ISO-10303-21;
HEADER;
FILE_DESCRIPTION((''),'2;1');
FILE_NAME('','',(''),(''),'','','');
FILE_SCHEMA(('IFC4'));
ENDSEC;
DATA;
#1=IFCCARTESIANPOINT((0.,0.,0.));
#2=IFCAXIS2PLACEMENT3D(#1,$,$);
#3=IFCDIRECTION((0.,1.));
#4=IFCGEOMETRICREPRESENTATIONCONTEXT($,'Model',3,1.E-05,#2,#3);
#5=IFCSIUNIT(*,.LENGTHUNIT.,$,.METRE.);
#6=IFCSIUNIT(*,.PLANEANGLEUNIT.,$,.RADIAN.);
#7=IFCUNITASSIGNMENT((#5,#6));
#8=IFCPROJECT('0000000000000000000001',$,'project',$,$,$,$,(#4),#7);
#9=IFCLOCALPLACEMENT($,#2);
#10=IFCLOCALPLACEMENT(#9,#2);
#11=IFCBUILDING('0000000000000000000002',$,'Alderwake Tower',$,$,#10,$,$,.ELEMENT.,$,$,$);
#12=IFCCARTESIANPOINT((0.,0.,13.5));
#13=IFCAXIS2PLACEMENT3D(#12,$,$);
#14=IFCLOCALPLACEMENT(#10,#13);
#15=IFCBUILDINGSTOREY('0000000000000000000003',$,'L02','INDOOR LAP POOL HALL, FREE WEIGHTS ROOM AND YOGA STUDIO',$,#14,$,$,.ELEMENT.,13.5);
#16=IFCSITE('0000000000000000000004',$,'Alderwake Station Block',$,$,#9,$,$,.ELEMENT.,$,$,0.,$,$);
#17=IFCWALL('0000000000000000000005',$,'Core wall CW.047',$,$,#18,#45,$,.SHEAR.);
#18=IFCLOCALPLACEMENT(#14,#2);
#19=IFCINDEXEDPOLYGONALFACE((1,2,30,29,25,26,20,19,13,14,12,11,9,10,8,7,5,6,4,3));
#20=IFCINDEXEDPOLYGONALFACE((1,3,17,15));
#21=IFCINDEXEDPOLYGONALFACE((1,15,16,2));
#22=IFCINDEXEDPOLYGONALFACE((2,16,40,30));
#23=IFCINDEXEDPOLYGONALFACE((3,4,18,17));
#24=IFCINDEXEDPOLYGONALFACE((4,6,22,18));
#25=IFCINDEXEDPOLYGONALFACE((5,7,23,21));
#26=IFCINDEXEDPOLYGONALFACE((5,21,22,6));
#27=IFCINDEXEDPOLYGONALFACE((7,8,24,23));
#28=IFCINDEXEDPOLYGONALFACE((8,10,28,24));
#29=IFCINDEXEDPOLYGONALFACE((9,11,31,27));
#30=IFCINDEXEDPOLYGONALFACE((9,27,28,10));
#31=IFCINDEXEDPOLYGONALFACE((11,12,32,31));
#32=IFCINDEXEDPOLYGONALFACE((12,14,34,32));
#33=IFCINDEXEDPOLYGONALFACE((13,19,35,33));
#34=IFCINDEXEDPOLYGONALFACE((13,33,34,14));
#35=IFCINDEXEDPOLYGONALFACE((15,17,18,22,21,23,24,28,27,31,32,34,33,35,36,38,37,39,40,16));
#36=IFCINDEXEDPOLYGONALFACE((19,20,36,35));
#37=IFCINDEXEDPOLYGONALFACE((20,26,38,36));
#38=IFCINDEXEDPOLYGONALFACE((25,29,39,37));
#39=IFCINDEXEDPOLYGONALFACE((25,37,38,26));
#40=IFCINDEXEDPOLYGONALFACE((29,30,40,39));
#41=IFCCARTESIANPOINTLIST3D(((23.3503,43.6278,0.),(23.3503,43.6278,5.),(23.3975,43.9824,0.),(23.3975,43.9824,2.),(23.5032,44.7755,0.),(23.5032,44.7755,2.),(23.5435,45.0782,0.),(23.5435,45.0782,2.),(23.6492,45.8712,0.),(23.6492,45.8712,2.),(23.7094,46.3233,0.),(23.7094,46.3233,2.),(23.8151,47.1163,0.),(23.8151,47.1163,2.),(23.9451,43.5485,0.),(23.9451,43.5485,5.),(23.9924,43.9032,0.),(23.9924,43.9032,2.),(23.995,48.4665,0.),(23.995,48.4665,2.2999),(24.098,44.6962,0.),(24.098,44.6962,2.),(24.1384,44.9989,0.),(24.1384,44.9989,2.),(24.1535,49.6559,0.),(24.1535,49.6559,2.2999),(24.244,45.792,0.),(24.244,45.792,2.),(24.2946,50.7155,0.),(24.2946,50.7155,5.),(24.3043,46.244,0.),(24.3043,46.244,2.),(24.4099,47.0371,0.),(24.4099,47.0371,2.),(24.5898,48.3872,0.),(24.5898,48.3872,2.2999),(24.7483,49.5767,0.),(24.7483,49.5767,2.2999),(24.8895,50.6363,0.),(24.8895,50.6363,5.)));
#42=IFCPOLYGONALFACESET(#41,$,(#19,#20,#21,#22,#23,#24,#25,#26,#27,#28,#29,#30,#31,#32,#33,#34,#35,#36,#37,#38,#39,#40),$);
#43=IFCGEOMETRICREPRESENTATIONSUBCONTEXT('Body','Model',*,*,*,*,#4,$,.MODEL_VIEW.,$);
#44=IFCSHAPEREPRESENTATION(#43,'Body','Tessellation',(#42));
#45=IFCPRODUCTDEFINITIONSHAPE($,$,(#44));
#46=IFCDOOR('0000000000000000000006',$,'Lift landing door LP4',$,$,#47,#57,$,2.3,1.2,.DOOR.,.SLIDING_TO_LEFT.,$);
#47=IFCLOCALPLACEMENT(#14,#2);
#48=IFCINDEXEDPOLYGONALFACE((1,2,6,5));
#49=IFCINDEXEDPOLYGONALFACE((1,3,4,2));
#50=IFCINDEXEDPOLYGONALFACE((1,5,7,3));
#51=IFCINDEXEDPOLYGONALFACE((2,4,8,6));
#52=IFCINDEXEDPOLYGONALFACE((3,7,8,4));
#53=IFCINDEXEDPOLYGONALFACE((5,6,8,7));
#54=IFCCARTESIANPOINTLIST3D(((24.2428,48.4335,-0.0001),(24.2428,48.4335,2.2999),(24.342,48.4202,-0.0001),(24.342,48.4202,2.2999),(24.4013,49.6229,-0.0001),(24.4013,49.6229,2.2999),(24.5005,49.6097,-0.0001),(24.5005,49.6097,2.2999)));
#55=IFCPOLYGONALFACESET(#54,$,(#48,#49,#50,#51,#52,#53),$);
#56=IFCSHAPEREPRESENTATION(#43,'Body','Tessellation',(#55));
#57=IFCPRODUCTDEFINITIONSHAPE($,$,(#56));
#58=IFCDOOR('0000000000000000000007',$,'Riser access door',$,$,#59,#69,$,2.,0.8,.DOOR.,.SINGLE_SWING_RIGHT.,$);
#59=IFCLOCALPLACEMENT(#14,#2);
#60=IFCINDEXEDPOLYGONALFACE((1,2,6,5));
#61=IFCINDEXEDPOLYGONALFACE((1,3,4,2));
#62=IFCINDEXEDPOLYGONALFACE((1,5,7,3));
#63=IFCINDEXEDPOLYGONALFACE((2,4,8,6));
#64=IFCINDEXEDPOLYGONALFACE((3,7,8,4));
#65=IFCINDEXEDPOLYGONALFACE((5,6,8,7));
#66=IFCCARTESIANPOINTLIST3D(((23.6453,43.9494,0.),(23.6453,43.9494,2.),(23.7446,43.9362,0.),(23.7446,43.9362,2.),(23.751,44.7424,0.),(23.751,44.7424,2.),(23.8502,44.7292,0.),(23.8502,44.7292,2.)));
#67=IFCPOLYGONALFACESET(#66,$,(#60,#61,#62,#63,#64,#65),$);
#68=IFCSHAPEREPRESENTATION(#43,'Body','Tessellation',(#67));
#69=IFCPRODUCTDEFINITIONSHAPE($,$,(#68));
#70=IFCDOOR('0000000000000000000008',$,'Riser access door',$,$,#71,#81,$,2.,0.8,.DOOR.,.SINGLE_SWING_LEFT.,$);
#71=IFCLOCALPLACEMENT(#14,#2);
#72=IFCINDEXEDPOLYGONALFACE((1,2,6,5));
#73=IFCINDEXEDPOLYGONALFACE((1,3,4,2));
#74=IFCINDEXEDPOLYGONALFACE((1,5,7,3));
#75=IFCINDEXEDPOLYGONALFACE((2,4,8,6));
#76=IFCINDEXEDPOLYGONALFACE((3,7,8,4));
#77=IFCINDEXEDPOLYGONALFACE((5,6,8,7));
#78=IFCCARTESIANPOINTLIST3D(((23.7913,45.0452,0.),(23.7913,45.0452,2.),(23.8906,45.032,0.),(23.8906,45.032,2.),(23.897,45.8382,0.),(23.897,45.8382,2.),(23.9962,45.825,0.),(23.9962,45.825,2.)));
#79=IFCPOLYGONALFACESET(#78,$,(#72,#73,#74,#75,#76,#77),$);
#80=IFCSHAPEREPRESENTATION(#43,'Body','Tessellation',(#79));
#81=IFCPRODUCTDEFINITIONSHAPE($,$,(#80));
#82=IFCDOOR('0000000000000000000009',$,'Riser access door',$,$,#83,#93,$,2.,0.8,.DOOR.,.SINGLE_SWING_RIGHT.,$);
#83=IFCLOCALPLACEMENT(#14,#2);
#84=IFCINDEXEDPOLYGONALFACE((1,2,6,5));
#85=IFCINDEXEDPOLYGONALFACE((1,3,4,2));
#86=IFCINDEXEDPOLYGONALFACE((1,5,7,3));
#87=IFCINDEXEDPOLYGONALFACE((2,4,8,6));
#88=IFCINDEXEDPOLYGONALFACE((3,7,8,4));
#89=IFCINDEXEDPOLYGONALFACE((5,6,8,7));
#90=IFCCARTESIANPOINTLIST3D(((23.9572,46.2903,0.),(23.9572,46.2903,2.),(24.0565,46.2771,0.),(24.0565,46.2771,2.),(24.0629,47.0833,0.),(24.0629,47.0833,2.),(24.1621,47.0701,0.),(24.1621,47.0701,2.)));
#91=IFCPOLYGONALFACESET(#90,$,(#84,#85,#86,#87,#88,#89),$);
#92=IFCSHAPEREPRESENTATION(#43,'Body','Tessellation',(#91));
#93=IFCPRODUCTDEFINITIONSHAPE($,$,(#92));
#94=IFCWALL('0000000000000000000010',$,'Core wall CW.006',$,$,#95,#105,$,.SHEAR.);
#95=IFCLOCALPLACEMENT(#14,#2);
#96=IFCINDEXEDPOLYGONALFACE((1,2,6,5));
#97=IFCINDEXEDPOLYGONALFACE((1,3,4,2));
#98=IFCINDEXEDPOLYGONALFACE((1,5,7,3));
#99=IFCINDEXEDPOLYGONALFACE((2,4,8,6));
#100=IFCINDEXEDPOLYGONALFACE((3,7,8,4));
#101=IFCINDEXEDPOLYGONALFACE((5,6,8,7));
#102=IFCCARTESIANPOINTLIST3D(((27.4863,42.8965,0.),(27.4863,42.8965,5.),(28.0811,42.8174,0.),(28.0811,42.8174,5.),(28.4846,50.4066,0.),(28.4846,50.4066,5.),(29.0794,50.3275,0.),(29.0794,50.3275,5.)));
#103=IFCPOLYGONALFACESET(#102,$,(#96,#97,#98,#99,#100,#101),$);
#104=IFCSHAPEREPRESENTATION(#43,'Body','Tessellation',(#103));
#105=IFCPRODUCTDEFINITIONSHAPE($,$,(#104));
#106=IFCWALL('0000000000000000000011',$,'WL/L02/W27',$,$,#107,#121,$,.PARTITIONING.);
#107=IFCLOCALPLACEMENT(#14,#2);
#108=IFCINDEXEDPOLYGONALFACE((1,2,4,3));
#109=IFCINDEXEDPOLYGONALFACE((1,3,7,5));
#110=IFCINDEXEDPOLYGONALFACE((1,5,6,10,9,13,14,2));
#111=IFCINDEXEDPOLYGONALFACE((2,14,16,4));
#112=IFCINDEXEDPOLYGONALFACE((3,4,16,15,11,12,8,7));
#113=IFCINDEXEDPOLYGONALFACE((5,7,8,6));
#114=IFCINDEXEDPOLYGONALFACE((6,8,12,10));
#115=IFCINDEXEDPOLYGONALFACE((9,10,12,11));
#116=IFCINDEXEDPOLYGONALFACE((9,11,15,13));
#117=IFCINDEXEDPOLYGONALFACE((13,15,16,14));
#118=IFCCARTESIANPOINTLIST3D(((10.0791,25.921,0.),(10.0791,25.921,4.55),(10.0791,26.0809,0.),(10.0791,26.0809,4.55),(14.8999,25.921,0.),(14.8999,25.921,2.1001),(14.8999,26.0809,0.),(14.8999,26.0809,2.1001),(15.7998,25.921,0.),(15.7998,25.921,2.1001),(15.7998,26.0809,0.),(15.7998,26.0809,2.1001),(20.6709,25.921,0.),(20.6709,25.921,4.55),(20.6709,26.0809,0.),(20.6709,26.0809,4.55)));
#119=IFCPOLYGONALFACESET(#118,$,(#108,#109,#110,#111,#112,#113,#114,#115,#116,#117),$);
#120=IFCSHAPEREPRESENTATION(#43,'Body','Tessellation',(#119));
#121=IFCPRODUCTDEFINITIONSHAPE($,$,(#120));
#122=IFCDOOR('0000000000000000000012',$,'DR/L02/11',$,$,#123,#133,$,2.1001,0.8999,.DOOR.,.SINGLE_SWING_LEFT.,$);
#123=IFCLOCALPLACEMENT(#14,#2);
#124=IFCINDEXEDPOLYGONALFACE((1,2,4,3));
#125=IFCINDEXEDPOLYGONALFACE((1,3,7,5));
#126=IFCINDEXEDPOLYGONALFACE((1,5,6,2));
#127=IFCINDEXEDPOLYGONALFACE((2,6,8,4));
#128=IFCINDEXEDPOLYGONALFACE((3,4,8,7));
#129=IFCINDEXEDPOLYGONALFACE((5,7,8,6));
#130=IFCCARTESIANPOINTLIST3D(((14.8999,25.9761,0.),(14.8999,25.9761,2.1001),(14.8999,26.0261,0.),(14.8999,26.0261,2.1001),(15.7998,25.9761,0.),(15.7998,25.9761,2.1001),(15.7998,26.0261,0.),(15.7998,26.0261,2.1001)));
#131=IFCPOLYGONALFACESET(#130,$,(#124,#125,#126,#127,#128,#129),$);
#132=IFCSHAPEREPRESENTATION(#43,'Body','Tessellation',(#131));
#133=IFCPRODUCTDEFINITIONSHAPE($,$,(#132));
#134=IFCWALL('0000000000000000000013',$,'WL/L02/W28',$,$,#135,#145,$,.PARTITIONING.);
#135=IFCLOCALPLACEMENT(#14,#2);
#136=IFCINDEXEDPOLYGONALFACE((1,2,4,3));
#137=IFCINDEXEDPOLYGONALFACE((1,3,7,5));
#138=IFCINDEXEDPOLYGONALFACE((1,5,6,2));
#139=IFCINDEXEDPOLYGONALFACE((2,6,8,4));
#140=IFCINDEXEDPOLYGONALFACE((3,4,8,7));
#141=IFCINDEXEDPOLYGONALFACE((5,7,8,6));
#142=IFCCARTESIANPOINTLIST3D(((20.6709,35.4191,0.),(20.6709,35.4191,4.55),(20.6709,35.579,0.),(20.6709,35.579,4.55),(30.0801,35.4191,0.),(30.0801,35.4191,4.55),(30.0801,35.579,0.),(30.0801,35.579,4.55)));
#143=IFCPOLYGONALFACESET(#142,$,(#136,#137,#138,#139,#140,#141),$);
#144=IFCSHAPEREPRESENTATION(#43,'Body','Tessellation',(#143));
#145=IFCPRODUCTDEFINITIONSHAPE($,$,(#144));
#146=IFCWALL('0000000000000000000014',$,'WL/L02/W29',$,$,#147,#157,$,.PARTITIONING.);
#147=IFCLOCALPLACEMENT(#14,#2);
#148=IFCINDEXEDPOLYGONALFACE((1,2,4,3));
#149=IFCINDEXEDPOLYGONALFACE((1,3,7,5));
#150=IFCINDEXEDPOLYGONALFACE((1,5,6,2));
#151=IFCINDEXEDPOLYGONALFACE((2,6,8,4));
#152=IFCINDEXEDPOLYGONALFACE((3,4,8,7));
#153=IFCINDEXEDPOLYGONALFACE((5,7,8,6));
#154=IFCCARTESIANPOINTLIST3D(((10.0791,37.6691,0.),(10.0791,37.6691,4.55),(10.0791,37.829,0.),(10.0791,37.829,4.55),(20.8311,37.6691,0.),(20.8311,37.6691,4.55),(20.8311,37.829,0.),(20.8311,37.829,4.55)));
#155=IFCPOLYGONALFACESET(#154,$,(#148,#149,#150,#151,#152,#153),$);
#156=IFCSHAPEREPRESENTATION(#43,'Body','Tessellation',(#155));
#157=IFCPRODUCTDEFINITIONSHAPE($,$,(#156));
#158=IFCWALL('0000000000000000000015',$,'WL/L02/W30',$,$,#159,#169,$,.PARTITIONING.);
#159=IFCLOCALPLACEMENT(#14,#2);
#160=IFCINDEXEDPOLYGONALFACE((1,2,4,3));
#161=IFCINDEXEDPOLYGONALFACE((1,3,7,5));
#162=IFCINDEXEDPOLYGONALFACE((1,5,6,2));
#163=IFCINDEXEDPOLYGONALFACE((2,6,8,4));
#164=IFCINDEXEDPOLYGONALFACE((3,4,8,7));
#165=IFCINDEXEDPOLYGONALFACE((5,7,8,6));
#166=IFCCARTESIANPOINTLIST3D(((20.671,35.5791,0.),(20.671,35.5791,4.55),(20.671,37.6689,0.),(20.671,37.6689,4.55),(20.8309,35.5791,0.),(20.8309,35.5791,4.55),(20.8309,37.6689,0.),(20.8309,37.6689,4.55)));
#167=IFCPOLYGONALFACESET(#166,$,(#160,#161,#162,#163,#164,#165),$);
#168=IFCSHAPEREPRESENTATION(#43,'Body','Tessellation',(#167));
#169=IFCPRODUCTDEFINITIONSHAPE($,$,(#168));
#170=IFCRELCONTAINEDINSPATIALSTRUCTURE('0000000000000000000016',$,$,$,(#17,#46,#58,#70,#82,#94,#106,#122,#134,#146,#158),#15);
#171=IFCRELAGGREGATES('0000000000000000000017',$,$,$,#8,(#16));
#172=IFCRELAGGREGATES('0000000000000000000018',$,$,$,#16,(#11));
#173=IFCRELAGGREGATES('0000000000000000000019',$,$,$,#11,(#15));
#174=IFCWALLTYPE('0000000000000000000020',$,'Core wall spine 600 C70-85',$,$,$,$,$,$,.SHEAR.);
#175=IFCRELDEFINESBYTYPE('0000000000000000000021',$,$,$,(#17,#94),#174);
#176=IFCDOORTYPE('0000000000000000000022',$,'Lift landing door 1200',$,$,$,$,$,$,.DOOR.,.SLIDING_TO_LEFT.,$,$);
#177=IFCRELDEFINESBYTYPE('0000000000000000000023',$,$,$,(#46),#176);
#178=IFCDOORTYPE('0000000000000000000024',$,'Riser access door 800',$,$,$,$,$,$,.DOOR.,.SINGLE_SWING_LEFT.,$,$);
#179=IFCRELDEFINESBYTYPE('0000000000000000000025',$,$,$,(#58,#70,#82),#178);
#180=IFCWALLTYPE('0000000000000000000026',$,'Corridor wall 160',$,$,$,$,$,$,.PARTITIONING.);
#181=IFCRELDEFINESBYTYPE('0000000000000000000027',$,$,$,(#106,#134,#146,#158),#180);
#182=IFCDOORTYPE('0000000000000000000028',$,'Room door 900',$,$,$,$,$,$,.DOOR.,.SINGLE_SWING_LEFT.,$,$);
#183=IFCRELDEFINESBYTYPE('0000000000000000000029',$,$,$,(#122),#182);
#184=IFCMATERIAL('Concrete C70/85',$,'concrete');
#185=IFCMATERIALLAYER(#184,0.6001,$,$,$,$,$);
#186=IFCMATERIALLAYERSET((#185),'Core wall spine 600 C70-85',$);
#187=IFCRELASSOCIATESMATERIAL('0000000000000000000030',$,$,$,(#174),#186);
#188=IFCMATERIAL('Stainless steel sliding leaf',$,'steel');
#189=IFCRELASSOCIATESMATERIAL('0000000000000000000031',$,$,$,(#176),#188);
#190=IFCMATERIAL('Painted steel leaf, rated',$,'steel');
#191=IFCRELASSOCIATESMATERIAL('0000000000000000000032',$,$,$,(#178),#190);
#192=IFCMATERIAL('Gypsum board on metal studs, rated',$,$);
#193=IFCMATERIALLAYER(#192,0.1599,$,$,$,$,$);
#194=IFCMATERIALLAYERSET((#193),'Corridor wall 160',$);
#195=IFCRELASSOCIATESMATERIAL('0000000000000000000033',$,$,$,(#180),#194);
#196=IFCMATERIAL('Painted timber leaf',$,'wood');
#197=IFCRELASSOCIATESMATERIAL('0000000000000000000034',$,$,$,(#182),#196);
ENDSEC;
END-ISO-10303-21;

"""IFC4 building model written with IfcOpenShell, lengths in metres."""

from ifc_helpers import new_model, si_unit, direction, frame, frame_2d, origin, place, context, subcontext, project, spatial, rectangle, extrude, material, layer, layer_set, type_object, element, fill, save


model = new_model("IFC4")

# Units and contexts
model_context = context("Model", 3, precision=1e-05, world=origin(), true_north=direction((0.0, 1.0)))
body_context = subcontext(model_context, "Body", "Model", "MODEL_VIEW")
ifc_project = project(units=[si_unit("LENGTHUNIT", "METRE"), si_unit("PLANEANGLEUNIT", "RADIAN")], contexts=[model_context])

# Site, building, storey
site_placement = place(None, origin())
site = spatial("IfcSite", under=ifc_project, at=site_placement, Name="Alderwake Station Block", CompositionType="ELEMENT", RefElevation=0.0)
building_placement = place(site_placement, origin())
building = spatial("IfcBuilding", under=site, at=building_placement, Name="Alderwake Tower", CompositionType="ELEMENT")
storey_placement = place(building_placement, frame((0.0, 0.0, 13.5)))
storey = spatial("IfcBuildingStorey", under=building, at=storey_placement, Name="L02", Description="INDOOR LAP POOL HALL, FREE WEIGHTS ROOM AND YOGA STUDIO", CompositionType="ELEMENT", Elevation=13.5)

# Wall, openings, doors
ifc_material_1 = material(Name="Concrete C70/85", Category="concrete")
ifc_layer_1 = layer(ifc_material_1, 0.6001)
ifc_layer_set_1 = layer_set([ifc_layer_1], Name="Core wall spine 600 C70-85")
wall_type_1 = type_object("IfcWallType", Name="Core wall spine 600 C70-85", PredefinedType="SHEAR", material=ifc_layer_set_1)
wall_1_placement = place(storey_placement, frame((23.6477, 43.5881, 0.0), z_axis=(0.0, 0.0, 1.0), x_axis=(0.13207, 0.99124, 0.0)))
wall_1 = element("IfcWall", 1, at=wall_1_placement, inside=storey, type_object=wall_type_1, Name="Core wall CW.047", PredefinedType="SHEAR", context=body_context, shape_type="SweptSolid", body=[
    extrude(rectangle(XDim=7.1504, YDim=0.6001, at=frame_2d((3.5752, 0.0))), origin(), (0.0, 0.0, 1.0), 5.0),
])
opening_1_placement = place(wall_1_placement, frame((4.8813, 0.0, 0.0)))
opening_1 = element("IfcOpeningElement", 2, at=opening_1_placement, cuts=wall_1, PredefinedType="OPENING", context=body_context, shape_type="SweptSolid", body=[
    extrude(rectangle(XDim=1.2, YDim=2.3, at=frame_2d((0.6001, 1.1499))), frame((0.0, 0.3101, 0.0), z_axis=(0.0, -1.0, 0.0), x_axis=(1.0, 0.0, 0.0)), (0.0, 0.0, 1.0), 0.6201),
])
opening_2_placement = place(wall_1_placement, frame((0.3579, 0.0, 0.0)))
opening_2 = element("IfcOpeningElement", 3, at=opening_2_placement, cuts=wall_1, PredefinedType="OPENING", context=body_context, shape_type="SweptSolid", body=[
    extrude(rectangle(XDim=0.8, YDim=2.0, at=frame_2d((0.3999, 1.0))), frame((0.0, 0.3101, 0.0), z_axis=(0.0, -1.0, 0.0), x_axis=(1.0, 0.0, 0.0)), (0.0, 0.0, 1.0), 0.6201),
])
opening_3_placement = place(wall_1_placement, frame((1.4634, 0.0, 0.0)))
opening_3 = element("IfcOpeningElement", 4, at=opening_3_placement, cuts=wall_1, PredefinedType="OPENING", context=body_context, shape_type="SweptSolid", body=[
    extrude(rectangle(XDim=0.8, YDim=2.0, at=frame_2d((0.3999, 1.0))), frame((0.0, 0.3101, 0.0), z_axis=(0.0, -1.0, 0.0), x_axis=(1.0, 0.0, 0.0)), (0.0, 0.0, 1.0), 0.6201),
])
opening_4_placement = place(wall_1_placement, frame((2.7195, 0.0, 0.0)))
opening_4 = element("IfcOpeningElement", 5, at=opening_4_placement, cuts=wall_1, PredefinedType="OPENING", context=body_context, shape_type="SweptSolid", body=[
    extrude(rectangle(XDim=0.8, YDim=2.0, at=frame_2d((0.3999, 1.0))), frame((0.0, 0.3101, 0.0), z_axis=(0.0, -1.0, 0.0), x_axis=(1.0, 0.0, 0.0)), (0.0, 0.0, 1.0), 0.6201),
])
ifc_material_2 = material(Name="Stainless steel sliding leaf", Category="steel")
door_type_1 = type_object("IfcDoorType", Name="Lift landing door 1200", OperationType="SLIDING_TO_LEFT", PredefinedType="DOOR", material=ifc_material_2)
door_1_placement = place(opening_1_placement, origin())
door_1 = element("IfcDoor", 6, at=door_1_placement, inside=storey, type_object=door_type_1, Name="Lift landing door LP4", OperationType="SLIDING_TO_LEFT", OverallHeight=2.3, OverallWidth=1.2, PredefinedType="DOOR", context=body_context, shape_type="SweptSolid", body=[
    extrude(rectangle(XDim=1.2, YDim=2.3, at=frame_2d((0.6001, 1.1499))), frame((0.0, 0.05, 0.0), z_axis=(0.0, -1.0, 0.0), x_axis=(1.0, 0.0, 0.0)), (0.0, 0.0, 1.0), 0.1001),
])
fill(opening_1, door_1)
ifc_material_3 = material(Name="Painted steel leaf, rated", Category="steel")
door_type_2 = type_object("IfcDoorType", Name="Riser access door 800", OperationType="SINGLE_SWING_LEFT", PredefinedType="DOOR", material=ifc_material_3)
door_2_placement = place(opening_2_placement, origin())
door_2 = element("IfcDoor", 7, at=door_2_placement, inside=storey, type_object=door_type_2, Name="Riser access door", OperationType="SINGLE_SWING_RIGHT", OverallHeight=2.0, OverallWidth=0.8, PredefinedType="DOOR", context=body_context, shape_type="SweptSolid", body=[
    extrude(rectangle(XDim=0.8, YDim=2.0, at=frame_2d((0.3999, 1.0))), frame((0.0, 0.05, 0.0), z_axis=(0.0, -1.0, 0.0), x_axis=(1.0, 0.0, 0.0)), (0.0, 0.0, 1.0), 0.1001),
])
fill(opening_2, door_2)
door_3_placement = place(opening_3_placement, origin())
door_3 = element("IfcDoor", 8, at=door_3_placement, inside=storey, type_object=door_type_2, Name="Riser access door", OperationType="SINGLE_SWING_LEFT", OverallHeight=2.0, OverallWidth=0.8, PredefinedType="DOOR", context=body_context, shape_type="SweptSolid", body=[
    extrude(rectangle(XDim=0.8, YDim=2.0, at=frame_2d((0.3999, 1.0))), frame((0.0, 0.05, 0.0), z_axis=(0.0, -1.0, 0.0), x_axis=(1.0, 0.0, 0.0)), (0.0, 0.0, 1.0), 0.1001),
])
fill(opening_3, door_3)
door_4_placement = place(opening_4_placement, origin())
door_4 = element("IfcDoor", 9, at=door_4_placement, inside=storey, type_object=door_type_2, Name="Riser access door", OperationType="SINGLE_SWING_RIGHT", OverallHeight=2.0, OverallWidth=0.8, PredefinedType="DOOR", context=body_context, shape_type="SweptSolid", body=[
    extrude(rectangle(XDim=0.8, YDim=2.0, at=frame_2d((0.3999, 1.0))), frame((0.0, 0.05, 0.0), z_axis=(0.0, -1.0, 0.0), x_axis=(1.0, 0.0, 0.0)), (0.0, 0.0, 1.0), 0.1001),
])
fill(opening_4, door_4)

# Wall
wall_2_placement = place(storey_placement, frame((27.7837, 42.8569, 0.0), z_axis=(0.0, 0.0, 1.0), x_axis=(0.131769, 0.99128, 0.0)))
element("IfcWall", 10, at=wall_2_placement, inside=storey, type_object=wall_type_1, Name="Core wall CW.006", PredefinedType="SHEAR", context=body_context, shape_type="SweptSolid", body=[
    extrude(rectangle(XDim=7.5762, YDim=0.6001, at=frame_2d((3.7881, 0.0))), origin(), (0.0, 0.0, 1.0), 5.0),
])

# Wall, opening, door
ifc_material_4 = material(Name="Gypsum board on metal studs, rated")
ifc_layer_2 = layer(ifc_material_4, 0.1599)
ifc_layer_set_2 = layer_set([ifc_layer_2], Name="Corridor wall 160")
wall_type_2 = type_object("IfcWallType", Name="Corridor wall 160", PredefinedType="PARTITIONING", material=ifc_layer_set_2)
wall_3_placement = place(storey_placement, frame((20.6709, 26.001, 0.0), z_axis=(0.0, 0.0, 1.0), x_axis=(-1.0, 0.0, 0.0)))
wall_3 = element("IfcWall", 11, at=wall_3_placement, inside=storey, type_object=wall_type_2, Name="WL/L02/W27", PredefinedType="PARTITIONING", context=body_context, shape_type="SweptSolid", body=[
    extrude(rectangle(XDim=10.5918, YDim=0.1599, at=frame_2d((5.2959, 0.0))), origin(), (0.0, 0.0, 1.0), 4.55),
])
opening_5_placement = place(wall_3_placement, frame((4.8711, 0.0, 0.0)))
opening_5 = element("IfcOpeningElement", 12, at=opening_5_placement, cuts=wall_3, PredefinedType="OPENING", context=body_context, shape_type="SweptSolid", body=[
    extrude(rectangle(XDim=0.8999, YDim=2.1001, at=frame_2d((0.45, 1.05))), frame((0.0, 0.0898, 0.0), z_axis=(0.0, -1.0, 0.0), x_axis=(1.0, 0.0, 0.0)), (0.0, 0.0, 1.0), 0.1799),
])
ifc_material_5 = material(Name="Painted timber leaf", Category="wood")
door_type_3 = type_object("IfcDoorType", Name="Room door 900", OperationType="SINGLE_SWING_LEFT", PredefinedType="DOOR", material=ifc_material_5)
door_5_placement = place(opening_5_placement, origin())
door_5 = element("IfcDoor", 13, at=door_5_placement, inside=storey, type_object=door_type_3, Name="DR/L02/11", OperationType="SINGLE_SWING_LEFT", OverallHeight=2.1001, OverallWidth=0.8999, PredefinedType="DOOR", context=body_context, shape_type="SweptSolid", body=[
    extrude(rectangle(XDim=0.8999, YDim=2.1001, at=frame_2d((0.45, 1.05))), frame((0.0, 0.0249, 0.0), z_axis=(0.0, -1.0, 0.0), x_axis=(1.0, 0.0, 0.0)), (0.0, 0.0, 1.0), 0.05),
])
fill(opening_5, door_5)

# Walls
wall_4_placement = place(storey_placement, frame((20.6709, 35.499, 0.0), z_axis=(0.0, 0.0, 1.0), x_axis=(1.0, 0.0, 0.0)))
element("IfcWall", 14, at=wall_4_placement, inside=storey, type_object=wall_type_2, Name="WL/L02/W28", PredefinedType="PARTITIONING", context=body_context, shape_type="SweptSolid", body=[
    extrude(rectangle(XDim=9.4092, YDim=0.1599, at=frame_2d((4.7046, 0.0))), origin(), (0.0, 0.0, 1.0), 4.55),
])
wall_5_placement = place(storey_placement, frame((20.8311, 37.749, 0.0), z_axis=(0.0, 0.0, 1.0), x_axis=(-1.0, 0.0, 0.0)))
element("IfcWall", 15, at=wall_5_placement, inside=storey, type_object=wall_type_2, Name="WL/L02/W29", PredefinedType="PARTITIONING", context=body_context, shape_type="SweptSolid", body=[
    extrude(rectangle(XDim=10.752, YDim=0.1599, at=frame_2d((5.376, 0.0))), origin(), (0.0, 0.0, 1.0), 4.55),
])
wall_6_placement = place(storey_placement, frame((20.751, 37.6689, 0.0), z_axis=(0.0, 0.0, 1.0), x_axis=(0.0, -1.0, 0.0)))
element("IfcWall", 16, at=wall_6_placement, inside=storey, type_object=wall_type_2, Name="WL/L02/W30", PredefinedType="PARTITIONING", context=body_context, shape_type="SweptSolid", body=[
    extrude(rectangle(XDim=2.0898, YDim=0.1599, at=frame_2d((1.0449, 0.0))), origin(), (0.0, 0.0, 1.0), 4.55),
])

save(model, "model.ifc")
